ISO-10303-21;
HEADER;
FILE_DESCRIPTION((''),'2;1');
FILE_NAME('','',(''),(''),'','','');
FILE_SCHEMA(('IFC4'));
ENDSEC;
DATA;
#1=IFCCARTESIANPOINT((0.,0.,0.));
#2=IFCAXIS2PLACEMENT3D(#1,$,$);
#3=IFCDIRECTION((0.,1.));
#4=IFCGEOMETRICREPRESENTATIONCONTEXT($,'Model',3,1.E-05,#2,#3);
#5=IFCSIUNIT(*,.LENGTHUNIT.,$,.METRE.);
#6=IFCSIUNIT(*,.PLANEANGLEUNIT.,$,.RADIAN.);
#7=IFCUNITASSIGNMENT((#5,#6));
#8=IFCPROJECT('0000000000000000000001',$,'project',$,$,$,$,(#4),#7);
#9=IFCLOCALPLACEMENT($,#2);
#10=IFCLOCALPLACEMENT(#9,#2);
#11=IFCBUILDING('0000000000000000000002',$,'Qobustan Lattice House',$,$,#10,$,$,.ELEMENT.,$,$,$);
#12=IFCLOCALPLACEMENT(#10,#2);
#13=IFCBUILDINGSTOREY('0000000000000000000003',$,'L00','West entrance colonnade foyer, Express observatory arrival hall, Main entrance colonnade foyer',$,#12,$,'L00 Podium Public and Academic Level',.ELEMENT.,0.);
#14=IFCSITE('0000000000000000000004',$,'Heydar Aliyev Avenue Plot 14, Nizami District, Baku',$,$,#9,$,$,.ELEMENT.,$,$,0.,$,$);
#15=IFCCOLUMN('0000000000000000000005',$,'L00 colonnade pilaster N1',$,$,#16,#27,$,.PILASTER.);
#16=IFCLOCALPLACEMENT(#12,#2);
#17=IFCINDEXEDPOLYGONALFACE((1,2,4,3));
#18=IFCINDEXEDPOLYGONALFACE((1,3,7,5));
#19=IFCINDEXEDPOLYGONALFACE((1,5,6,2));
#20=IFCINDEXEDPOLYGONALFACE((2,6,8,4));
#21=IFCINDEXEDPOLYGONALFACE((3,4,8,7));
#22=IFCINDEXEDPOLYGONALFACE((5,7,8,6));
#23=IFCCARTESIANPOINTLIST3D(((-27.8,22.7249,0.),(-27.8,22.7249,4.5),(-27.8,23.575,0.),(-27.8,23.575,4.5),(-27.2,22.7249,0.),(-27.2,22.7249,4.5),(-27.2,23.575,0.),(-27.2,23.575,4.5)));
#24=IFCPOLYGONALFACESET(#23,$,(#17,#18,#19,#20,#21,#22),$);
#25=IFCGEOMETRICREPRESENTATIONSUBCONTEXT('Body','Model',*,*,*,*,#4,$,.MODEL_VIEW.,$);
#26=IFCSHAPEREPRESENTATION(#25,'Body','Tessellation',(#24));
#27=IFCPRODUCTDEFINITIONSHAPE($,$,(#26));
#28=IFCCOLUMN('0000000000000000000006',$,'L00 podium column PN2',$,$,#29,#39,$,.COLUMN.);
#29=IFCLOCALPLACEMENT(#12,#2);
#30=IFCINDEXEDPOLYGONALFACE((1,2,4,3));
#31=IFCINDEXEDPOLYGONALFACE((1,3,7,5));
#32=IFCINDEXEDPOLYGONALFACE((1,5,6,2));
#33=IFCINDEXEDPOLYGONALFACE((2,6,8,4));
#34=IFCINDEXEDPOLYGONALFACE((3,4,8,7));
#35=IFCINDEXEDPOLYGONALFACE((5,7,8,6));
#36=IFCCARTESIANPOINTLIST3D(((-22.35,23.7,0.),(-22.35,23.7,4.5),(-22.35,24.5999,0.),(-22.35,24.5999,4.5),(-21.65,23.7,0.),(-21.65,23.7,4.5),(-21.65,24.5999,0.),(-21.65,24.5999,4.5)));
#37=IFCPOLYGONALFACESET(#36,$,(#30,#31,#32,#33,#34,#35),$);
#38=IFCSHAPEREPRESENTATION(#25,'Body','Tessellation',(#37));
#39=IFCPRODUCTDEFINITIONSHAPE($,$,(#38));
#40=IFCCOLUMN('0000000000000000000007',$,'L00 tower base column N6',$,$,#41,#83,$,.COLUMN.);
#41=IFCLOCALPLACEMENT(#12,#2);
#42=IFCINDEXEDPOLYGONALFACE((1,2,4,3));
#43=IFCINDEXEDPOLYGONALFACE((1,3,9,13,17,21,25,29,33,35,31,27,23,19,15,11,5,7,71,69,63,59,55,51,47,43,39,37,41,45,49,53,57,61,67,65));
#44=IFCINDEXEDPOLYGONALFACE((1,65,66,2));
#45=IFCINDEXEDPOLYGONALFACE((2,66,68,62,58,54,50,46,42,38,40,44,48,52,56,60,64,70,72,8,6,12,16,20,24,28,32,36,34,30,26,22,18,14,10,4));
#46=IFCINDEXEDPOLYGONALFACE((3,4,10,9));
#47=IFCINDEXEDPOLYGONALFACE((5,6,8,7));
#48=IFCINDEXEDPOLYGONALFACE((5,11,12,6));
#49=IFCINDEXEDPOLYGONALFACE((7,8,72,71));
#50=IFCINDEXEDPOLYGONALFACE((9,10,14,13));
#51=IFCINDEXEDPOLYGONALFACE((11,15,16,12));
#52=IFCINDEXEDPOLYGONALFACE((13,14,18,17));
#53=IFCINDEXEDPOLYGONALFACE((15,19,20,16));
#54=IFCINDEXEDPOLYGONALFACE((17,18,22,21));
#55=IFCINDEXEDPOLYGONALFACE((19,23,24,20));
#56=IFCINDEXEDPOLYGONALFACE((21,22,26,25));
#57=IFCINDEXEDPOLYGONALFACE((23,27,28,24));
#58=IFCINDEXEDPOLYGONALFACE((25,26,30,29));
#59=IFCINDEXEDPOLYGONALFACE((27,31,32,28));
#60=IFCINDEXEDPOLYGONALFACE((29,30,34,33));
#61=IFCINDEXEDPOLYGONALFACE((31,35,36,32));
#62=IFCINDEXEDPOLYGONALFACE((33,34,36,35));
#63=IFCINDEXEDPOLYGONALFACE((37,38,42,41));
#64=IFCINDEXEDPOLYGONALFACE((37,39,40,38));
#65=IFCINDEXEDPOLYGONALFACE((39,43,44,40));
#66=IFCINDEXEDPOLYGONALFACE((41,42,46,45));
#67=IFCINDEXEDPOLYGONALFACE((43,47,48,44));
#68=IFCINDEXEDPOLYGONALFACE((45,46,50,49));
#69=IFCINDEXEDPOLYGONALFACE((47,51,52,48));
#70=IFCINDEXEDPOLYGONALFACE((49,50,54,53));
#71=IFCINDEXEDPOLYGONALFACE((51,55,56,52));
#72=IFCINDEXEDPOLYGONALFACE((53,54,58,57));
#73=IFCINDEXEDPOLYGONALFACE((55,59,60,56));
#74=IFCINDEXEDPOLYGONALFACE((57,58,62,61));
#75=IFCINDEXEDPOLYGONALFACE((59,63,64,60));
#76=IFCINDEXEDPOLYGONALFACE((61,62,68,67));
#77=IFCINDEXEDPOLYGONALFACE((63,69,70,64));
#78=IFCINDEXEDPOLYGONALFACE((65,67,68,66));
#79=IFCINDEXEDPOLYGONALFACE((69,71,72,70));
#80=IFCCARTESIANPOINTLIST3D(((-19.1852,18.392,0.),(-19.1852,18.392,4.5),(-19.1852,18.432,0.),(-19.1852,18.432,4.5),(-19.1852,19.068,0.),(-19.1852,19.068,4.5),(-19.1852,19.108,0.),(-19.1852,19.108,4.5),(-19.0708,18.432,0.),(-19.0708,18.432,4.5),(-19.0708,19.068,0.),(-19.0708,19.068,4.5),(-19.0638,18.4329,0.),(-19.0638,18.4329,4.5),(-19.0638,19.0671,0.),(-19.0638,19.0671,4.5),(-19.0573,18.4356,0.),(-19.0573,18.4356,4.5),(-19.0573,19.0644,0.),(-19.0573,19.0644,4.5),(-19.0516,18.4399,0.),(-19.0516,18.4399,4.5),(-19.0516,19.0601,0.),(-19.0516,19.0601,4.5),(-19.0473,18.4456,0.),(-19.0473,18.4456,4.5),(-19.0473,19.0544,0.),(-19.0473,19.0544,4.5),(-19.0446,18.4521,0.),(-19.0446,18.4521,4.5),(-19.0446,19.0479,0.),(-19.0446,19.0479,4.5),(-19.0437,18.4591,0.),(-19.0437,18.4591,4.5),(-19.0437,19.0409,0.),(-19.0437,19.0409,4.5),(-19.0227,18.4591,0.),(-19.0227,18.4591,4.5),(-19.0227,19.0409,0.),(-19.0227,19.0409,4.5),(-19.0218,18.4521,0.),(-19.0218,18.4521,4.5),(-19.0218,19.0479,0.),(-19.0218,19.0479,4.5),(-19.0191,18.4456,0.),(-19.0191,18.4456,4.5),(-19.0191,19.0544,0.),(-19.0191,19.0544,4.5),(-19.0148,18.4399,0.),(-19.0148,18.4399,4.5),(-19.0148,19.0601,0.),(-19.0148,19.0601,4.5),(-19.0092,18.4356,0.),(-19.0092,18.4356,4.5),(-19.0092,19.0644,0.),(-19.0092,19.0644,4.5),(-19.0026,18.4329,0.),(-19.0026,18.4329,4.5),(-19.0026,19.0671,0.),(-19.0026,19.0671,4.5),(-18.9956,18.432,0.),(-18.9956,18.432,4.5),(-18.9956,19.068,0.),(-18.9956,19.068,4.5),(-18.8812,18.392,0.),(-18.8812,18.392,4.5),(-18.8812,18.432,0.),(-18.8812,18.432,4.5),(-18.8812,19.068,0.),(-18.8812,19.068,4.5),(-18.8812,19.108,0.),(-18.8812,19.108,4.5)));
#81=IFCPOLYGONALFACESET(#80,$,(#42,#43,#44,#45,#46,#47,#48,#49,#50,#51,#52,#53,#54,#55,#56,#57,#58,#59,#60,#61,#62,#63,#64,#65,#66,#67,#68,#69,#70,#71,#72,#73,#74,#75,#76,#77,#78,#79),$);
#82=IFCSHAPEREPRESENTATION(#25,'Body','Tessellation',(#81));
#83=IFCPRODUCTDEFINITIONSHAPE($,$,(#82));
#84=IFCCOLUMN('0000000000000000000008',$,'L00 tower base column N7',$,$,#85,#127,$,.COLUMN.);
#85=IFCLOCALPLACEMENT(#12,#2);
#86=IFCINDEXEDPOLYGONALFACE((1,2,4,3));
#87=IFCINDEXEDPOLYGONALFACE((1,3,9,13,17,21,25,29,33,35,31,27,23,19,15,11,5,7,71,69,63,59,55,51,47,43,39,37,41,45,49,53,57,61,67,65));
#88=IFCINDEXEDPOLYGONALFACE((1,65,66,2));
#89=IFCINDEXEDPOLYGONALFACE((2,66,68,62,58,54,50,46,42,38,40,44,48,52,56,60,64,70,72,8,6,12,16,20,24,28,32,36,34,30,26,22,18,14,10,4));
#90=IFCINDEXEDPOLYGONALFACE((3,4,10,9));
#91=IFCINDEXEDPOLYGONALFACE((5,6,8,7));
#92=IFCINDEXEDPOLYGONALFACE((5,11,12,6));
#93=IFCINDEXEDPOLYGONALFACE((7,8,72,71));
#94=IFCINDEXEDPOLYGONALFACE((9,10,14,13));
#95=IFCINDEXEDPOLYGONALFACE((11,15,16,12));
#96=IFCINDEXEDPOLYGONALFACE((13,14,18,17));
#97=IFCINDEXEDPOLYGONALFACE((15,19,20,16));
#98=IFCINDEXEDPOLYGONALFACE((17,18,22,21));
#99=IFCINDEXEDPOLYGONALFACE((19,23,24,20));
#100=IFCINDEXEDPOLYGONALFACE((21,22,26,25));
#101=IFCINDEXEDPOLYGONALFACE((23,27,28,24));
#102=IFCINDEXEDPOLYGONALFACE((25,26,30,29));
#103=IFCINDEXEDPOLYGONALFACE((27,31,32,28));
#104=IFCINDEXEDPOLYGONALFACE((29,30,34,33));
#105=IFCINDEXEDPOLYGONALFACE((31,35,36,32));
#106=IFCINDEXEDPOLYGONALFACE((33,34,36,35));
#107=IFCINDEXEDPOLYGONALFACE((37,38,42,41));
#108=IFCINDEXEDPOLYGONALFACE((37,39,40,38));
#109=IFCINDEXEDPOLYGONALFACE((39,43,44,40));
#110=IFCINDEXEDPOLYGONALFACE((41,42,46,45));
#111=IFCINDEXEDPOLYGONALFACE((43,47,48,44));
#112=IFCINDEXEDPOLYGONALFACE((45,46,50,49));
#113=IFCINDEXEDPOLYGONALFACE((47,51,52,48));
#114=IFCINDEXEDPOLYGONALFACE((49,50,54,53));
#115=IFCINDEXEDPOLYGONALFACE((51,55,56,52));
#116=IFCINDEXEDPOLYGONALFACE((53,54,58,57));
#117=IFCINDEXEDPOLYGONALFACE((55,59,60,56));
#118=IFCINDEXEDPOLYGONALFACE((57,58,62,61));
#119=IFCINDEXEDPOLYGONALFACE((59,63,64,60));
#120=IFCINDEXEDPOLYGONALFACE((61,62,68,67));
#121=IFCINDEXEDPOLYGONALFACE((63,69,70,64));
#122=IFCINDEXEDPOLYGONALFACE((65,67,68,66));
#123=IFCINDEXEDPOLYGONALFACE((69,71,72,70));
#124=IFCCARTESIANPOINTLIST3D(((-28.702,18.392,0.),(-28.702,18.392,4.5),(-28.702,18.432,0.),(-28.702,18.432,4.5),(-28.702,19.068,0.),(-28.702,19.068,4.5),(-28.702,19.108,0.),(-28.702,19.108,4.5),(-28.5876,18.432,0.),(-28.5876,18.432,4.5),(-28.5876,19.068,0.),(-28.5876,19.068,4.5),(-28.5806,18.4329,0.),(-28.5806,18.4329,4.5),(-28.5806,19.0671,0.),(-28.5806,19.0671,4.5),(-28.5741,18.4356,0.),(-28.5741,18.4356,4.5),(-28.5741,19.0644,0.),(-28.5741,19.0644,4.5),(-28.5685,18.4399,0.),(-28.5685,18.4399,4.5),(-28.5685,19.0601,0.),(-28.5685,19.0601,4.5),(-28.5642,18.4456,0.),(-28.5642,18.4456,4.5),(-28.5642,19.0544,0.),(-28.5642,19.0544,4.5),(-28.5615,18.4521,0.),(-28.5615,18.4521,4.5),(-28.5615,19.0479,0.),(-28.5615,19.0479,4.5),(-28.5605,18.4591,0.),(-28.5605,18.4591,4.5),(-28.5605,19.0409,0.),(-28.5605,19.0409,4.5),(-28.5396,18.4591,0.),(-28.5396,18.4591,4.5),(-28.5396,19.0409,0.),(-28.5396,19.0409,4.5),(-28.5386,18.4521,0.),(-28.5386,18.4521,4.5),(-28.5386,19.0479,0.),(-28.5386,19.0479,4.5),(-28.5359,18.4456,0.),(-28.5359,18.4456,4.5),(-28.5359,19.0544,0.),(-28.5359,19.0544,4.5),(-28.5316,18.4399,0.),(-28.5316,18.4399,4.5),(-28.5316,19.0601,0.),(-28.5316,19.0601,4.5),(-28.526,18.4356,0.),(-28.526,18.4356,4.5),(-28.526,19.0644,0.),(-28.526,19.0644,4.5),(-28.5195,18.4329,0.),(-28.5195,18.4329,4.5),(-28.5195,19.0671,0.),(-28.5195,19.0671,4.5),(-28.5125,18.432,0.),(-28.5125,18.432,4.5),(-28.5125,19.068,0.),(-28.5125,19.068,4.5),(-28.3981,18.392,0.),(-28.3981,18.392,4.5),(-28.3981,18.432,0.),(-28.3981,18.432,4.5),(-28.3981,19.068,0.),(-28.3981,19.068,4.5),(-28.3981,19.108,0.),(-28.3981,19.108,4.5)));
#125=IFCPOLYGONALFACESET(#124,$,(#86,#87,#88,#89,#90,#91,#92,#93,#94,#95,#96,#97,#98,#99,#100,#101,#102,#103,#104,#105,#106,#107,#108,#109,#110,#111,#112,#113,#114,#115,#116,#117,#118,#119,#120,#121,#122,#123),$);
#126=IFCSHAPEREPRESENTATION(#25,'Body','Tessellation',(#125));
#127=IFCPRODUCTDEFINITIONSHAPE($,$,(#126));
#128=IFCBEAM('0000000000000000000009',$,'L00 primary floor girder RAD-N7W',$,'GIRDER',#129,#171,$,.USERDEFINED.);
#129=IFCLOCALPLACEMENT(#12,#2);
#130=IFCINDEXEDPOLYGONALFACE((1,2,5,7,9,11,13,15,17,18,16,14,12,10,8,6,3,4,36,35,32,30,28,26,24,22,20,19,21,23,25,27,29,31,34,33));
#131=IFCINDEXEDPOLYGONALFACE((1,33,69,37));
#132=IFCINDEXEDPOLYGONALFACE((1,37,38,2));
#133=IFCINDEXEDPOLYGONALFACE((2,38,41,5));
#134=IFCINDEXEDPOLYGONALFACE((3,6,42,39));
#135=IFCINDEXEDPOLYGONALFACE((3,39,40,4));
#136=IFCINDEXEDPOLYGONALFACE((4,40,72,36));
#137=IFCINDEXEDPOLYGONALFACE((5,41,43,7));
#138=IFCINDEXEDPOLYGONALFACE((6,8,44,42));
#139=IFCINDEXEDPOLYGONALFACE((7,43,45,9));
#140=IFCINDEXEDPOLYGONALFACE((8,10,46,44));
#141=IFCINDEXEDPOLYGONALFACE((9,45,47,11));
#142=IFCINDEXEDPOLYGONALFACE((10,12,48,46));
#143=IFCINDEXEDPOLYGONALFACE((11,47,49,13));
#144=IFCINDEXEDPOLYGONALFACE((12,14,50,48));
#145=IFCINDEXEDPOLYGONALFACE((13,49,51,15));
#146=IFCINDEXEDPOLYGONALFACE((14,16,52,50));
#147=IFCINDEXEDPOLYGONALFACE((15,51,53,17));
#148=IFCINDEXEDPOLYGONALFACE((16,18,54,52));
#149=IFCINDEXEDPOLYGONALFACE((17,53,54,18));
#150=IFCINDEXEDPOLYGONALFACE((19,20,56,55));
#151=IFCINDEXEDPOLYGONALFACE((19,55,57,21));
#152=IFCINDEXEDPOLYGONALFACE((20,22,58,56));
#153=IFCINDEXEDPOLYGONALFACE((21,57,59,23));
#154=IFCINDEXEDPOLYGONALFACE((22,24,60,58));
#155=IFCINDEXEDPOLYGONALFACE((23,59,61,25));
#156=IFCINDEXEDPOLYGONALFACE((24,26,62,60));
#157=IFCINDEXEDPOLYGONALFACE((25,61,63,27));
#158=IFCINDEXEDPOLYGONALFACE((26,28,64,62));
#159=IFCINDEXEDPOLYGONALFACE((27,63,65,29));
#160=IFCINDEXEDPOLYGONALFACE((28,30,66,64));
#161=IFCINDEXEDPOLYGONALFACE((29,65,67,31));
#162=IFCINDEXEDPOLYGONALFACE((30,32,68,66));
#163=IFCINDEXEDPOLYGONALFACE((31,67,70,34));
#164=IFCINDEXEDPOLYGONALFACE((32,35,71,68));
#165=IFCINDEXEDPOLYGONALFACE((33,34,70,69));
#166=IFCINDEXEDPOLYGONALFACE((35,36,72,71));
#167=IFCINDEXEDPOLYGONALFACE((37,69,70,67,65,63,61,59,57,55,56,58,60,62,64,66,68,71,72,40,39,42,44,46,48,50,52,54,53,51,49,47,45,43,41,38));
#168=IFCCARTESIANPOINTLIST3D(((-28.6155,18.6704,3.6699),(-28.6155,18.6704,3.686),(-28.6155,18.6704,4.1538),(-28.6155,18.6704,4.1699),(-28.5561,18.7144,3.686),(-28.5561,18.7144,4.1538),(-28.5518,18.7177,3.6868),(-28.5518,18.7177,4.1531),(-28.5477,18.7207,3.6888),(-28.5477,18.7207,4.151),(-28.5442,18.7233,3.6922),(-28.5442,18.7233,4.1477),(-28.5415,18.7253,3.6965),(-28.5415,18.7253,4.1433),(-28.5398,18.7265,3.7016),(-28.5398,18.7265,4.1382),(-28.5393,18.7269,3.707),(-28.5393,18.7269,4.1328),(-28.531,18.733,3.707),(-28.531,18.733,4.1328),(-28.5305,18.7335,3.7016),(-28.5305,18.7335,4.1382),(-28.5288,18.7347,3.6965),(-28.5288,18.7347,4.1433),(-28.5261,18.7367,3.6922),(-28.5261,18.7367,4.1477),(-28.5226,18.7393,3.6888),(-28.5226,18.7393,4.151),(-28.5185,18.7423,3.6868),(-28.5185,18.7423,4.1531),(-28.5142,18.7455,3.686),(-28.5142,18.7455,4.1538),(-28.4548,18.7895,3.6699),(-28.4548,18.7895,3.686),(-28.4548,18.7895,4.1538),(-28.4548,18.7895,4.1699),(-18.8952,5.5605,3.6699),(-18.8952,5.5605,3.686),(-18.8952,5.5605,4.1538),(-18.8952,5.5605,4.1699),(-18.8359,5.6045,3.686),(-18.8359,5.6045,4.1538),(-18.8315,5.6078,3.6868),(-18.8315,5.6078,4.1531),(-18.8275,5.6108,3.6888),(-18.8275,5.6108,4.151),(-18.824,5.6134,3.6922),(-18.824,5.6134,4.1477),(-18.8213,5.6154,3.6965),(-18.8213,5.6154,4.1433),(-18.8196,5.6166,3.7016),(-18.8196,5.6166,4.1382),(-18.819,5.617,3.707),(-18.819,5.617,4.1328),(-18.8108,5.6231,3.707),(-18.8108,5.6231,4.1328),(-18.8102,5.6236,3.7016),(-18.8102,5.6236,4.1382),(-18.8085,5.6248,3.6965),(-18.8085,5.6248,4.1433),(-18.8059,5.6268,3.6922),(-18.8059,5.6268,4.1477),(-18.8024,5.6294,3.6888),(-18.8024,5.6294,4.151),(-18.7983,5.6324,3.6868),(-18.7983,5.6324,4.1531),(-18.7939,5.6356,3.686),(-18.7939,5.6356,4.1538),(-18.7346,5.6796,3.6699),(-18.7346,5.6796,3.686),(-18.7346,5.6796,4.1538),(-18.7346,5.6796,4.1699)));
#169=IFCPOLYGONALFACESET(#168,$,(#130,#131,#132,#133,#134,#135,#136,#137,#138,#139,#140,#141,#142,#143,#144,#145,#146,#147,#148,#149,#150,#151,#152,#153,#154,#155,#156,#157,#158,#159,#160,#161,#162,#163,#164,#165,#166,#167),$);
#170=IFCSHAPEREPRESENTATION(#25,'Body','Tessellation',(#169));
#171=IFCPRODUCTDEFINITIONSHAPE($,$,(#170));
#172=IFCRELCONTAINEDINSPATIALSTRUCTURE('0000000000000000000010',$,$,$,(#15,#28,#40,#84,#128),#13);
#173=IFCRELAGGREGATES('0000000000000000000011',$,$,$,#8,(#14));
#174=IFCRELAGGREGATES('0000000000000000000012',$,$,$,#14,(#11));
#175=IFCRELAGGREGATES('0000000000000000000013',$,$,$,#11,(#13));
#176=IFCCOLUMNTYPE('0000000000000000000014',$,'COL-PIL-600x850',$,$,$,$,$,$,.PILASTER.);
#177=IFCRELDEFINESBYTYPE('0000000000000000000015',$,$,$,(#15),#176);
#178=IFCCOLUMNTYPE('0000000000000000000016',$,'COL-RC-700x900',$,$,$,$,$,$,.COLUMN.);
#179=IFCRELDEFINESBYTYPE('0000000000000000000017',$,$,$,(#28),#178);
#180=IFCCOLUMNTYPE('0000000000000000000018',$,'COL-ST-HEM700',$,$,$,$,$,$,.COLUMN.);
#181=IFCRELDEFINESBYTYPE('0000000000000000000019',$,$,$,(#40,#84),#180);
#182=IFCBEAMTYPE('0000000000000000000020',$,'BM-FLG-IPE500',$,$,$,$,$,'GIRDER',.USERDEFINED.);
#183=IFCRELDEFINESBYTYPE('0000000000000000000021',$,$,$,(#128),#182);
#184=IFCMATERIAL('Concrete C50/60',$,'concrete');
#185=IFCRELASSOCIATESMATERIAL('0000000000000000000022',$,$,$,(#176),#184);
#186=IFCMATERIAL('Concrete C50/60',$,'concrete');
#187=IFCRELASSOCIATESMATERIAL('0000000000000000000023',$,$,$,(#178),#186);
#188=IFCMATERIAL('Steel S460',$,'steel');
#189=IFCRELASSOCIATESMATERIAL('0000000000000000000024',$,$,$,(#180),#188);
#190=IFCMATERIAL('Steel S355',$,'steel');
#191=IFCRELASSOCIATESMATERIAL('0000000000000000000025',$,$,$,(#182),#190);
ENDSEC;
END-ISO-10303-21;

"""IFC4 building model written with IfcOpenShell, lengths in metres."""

from ifc_helpers import new_model, si_unit, direction, frame, origin, origin_2d, place, context, subcontext, project, spatial, rectangle, i_section, extrude, material, material_profile, profile_set, type_object, element, save


model = new_model("IFC4")

# Units and contexts
model_context = context("Model", 3, precision=1e-05, world=origin(), true_north=direction((0.0, 1.0)))
body_context = subcontext(model_context, "Body", "Model", "MODEL_VIEW")
ifc_project = project(units=[si_unit("LENGTHUNIT", "METRE"), si_unit("PLANEANGLEUNIT", "RADIAN")], contexts=[model_context])

# Site, building, storey
site_placement = place(None, origin())
site = spatial("IfcSite", under=ifc_project, at=site_placement, Name="Heydar Aliyev Avenue Plot 14, Nizami District, Baku", CompositionType="ELEMENT", RefElevation=0.0)
building_placement = place(site_placement, origin())
building = spatial("IfcBuilding", under=site, at=building_placement, Name="Qobustan Lattice House", CompositionType="ELEMENT")
storey_placement = place(building_placement, origin())
storey = spatial("IfcBuildingStorey", under=building, at=storey_placement, Name="L00", Description="West entrance colonnade foyer, Express observatory arrival hall, Main entrance colonnade foyer", LongName="L00 Podium Public and Academic Level", CompositionType="ELEMENT", Elevation=0.0)

# Columns
ifc_material_1 = material(Name="Concrete C50/60", Category="concrete")
ifc_material_profile_1 = material_profile(ifc_material_1, rectangle(XDim=0.6001, YDim=0.8501, at=origin_2d()), Name="RC600x850")
ifc_profile_set_1 = profile_set([ifc_material_profile_1], Name="Concrete C50/60")
column_type_1 = type_object("IfcColumnType", Name="COL-PIL-600x850", PredefinedType="PILASTER", material=ifc_profile_set_1)
column_1_placement = place(storey_placement, frame((-27.5, 23.1499, 0.0), z_axis=(0.0, 0.0, 1.0), x_axis=(1.0, 0.0, 0.0)))
element("IfcColumn", 1, at=column_1_placement, inside=storey, type_object=column_type_1, Name="L00 colonnade pilaster N1", PredefinedType="PILASTER", context=body_context, shape_type="SweptSolid", body=[
    extrude(rectangle(XDim=0.6001, YDim=0.8501, at=origin_2d()), origin(), (0.0, 0.0, 1.0), 4.5),
])
ifc_material_2 = material(Name="Concrete C50/60", Category="concrete")
ifc_material_profile_2 = material_profile(ifc_material_2, rectangle(XDim=0.7, YDim=0.8999, at=origin_2d()), Name="RC700x900")
ifc_profile_set_2 = profile_set([ifc_material_profile_2], Name="Concrete C50/60")
column_type_2 = type_object("IfcColumnType", Name="COL-RC-700x900", PredefinedType="COLUMN", material=ifc_profile_set_2)
column_2_placement = place(storey_placement, frame((-22.0, 24.1499, 0.0), z_axis=(0.0, 0.0, 1.0), x_axis=(1.0, 0.0, 0.0)))
element("IfcColumn", 2, at=column_2_placement, inside=storey, type_object=column_type_2, Name="L00 podium column PN2", PredefinedType="COLUMN", context=body_context, shape_type="SweptSolid", body=[
    extrude(rectangle(XDim=0.7, YDim=0.8999, at=origin_2d()), origin(), (0.0, 0.0, 1.0), 4.5),
])
ifc_material_3 = material(Name="Steel S460", Category="steel")
ifc_material_profile_3 = material_profile(ifc_material_3, i_section(OverallWidth=0.304, OverallDepth=0.7161, WebThickness=0.021, FlangeThickness=0.04, FilletRadius=0.0271, at=origin_2d()), Name="HEM700")
ifc_profile_set_3 = profile_set([ifc_material_profile_3], Name="Steel S460")
column_type_3 = type_object("IfcColumnType", Name="COL-ST-HEM700", PredefinedType="COLUMN", material=ifc_profile_set_3)
for number, where, z_axis, x_axis, name in (
    (3, (-19.0332, 18.75, 0.0), (0.0, 0.0, 1.0), (1.0, 0.0, 0.0), "L00 tower base column N6"),
    (4, (-28.55, 18.75, 0.0), (0.0, 0.0, 1.0), (1.0, 0.0, 0.0), "L00 tower base column N7"),
):
    element("IfcColumn", number, at=place(storey_placement, frame(where, z_axis=z_axis, x_axis=x_axis)), inside=storey, type_object=column_type_3, Name=name, PredefinedType="COLUMN", context=body_context, shape_type="SweptSolid", body=[
        extrude(i_section(OverallWidth=0.304, OverallDepth=0.7161, WebThickness=0.021, FlangeThickness=0.04, FilletRadius=0.0271, at=origin_2d()), origin(), (0.0, 0.0, 1.0), 4.5),
    ])

# Beam
ifc_material_4 = material(Name="Steel S355", Category="steel")
ifc_material_profile_4 = material_profile(ifc_material_4, i_section(OverallWidth=0.2, OverallDepth=0.5, WebThickness=0.0103, FlangeThickness=0.0161, FilletRadius=0.021, at=origin_2d()), Name="IPE500")
ifc_profile_set_4 = profile_set([ifc_material_profile_4], Name="Steel S355")
beam_type_1 = type_object("IfcBeamType", Name="BM-FLG-IPE500", ElementType="GIRDER", PredefinedType="USERDEFINED", material=ifc_profile_set_4)
beam_1_placement = place(storey_placement, frame((-28.5352, 18.73, 3.9199), z_axis=(0.595592, -0.803287, 0.0), x_axis=(0.803287, 0.595592, 0.0)))
element("IfcBeam", 5, at=beam_1_placement, inside=storey, type_object=beam_type_1, Name="L00 primary floor girder RAD-N7W", ObjectType="GIRDER", PredefinedType="USERDEFINED", context=body_context, shape_type="SweptSolid", body=[
    extrude(i_section(OverallWidth=0.2, OverallDepth=0.5, WebThickness=0.0103, FlangeThickness=0.0161, FilletRadius=0.021, at=origin_2d()), origin(), (0.0, 0.0, 1.0), 16.3203),
])

save(model, "model.ifc")
